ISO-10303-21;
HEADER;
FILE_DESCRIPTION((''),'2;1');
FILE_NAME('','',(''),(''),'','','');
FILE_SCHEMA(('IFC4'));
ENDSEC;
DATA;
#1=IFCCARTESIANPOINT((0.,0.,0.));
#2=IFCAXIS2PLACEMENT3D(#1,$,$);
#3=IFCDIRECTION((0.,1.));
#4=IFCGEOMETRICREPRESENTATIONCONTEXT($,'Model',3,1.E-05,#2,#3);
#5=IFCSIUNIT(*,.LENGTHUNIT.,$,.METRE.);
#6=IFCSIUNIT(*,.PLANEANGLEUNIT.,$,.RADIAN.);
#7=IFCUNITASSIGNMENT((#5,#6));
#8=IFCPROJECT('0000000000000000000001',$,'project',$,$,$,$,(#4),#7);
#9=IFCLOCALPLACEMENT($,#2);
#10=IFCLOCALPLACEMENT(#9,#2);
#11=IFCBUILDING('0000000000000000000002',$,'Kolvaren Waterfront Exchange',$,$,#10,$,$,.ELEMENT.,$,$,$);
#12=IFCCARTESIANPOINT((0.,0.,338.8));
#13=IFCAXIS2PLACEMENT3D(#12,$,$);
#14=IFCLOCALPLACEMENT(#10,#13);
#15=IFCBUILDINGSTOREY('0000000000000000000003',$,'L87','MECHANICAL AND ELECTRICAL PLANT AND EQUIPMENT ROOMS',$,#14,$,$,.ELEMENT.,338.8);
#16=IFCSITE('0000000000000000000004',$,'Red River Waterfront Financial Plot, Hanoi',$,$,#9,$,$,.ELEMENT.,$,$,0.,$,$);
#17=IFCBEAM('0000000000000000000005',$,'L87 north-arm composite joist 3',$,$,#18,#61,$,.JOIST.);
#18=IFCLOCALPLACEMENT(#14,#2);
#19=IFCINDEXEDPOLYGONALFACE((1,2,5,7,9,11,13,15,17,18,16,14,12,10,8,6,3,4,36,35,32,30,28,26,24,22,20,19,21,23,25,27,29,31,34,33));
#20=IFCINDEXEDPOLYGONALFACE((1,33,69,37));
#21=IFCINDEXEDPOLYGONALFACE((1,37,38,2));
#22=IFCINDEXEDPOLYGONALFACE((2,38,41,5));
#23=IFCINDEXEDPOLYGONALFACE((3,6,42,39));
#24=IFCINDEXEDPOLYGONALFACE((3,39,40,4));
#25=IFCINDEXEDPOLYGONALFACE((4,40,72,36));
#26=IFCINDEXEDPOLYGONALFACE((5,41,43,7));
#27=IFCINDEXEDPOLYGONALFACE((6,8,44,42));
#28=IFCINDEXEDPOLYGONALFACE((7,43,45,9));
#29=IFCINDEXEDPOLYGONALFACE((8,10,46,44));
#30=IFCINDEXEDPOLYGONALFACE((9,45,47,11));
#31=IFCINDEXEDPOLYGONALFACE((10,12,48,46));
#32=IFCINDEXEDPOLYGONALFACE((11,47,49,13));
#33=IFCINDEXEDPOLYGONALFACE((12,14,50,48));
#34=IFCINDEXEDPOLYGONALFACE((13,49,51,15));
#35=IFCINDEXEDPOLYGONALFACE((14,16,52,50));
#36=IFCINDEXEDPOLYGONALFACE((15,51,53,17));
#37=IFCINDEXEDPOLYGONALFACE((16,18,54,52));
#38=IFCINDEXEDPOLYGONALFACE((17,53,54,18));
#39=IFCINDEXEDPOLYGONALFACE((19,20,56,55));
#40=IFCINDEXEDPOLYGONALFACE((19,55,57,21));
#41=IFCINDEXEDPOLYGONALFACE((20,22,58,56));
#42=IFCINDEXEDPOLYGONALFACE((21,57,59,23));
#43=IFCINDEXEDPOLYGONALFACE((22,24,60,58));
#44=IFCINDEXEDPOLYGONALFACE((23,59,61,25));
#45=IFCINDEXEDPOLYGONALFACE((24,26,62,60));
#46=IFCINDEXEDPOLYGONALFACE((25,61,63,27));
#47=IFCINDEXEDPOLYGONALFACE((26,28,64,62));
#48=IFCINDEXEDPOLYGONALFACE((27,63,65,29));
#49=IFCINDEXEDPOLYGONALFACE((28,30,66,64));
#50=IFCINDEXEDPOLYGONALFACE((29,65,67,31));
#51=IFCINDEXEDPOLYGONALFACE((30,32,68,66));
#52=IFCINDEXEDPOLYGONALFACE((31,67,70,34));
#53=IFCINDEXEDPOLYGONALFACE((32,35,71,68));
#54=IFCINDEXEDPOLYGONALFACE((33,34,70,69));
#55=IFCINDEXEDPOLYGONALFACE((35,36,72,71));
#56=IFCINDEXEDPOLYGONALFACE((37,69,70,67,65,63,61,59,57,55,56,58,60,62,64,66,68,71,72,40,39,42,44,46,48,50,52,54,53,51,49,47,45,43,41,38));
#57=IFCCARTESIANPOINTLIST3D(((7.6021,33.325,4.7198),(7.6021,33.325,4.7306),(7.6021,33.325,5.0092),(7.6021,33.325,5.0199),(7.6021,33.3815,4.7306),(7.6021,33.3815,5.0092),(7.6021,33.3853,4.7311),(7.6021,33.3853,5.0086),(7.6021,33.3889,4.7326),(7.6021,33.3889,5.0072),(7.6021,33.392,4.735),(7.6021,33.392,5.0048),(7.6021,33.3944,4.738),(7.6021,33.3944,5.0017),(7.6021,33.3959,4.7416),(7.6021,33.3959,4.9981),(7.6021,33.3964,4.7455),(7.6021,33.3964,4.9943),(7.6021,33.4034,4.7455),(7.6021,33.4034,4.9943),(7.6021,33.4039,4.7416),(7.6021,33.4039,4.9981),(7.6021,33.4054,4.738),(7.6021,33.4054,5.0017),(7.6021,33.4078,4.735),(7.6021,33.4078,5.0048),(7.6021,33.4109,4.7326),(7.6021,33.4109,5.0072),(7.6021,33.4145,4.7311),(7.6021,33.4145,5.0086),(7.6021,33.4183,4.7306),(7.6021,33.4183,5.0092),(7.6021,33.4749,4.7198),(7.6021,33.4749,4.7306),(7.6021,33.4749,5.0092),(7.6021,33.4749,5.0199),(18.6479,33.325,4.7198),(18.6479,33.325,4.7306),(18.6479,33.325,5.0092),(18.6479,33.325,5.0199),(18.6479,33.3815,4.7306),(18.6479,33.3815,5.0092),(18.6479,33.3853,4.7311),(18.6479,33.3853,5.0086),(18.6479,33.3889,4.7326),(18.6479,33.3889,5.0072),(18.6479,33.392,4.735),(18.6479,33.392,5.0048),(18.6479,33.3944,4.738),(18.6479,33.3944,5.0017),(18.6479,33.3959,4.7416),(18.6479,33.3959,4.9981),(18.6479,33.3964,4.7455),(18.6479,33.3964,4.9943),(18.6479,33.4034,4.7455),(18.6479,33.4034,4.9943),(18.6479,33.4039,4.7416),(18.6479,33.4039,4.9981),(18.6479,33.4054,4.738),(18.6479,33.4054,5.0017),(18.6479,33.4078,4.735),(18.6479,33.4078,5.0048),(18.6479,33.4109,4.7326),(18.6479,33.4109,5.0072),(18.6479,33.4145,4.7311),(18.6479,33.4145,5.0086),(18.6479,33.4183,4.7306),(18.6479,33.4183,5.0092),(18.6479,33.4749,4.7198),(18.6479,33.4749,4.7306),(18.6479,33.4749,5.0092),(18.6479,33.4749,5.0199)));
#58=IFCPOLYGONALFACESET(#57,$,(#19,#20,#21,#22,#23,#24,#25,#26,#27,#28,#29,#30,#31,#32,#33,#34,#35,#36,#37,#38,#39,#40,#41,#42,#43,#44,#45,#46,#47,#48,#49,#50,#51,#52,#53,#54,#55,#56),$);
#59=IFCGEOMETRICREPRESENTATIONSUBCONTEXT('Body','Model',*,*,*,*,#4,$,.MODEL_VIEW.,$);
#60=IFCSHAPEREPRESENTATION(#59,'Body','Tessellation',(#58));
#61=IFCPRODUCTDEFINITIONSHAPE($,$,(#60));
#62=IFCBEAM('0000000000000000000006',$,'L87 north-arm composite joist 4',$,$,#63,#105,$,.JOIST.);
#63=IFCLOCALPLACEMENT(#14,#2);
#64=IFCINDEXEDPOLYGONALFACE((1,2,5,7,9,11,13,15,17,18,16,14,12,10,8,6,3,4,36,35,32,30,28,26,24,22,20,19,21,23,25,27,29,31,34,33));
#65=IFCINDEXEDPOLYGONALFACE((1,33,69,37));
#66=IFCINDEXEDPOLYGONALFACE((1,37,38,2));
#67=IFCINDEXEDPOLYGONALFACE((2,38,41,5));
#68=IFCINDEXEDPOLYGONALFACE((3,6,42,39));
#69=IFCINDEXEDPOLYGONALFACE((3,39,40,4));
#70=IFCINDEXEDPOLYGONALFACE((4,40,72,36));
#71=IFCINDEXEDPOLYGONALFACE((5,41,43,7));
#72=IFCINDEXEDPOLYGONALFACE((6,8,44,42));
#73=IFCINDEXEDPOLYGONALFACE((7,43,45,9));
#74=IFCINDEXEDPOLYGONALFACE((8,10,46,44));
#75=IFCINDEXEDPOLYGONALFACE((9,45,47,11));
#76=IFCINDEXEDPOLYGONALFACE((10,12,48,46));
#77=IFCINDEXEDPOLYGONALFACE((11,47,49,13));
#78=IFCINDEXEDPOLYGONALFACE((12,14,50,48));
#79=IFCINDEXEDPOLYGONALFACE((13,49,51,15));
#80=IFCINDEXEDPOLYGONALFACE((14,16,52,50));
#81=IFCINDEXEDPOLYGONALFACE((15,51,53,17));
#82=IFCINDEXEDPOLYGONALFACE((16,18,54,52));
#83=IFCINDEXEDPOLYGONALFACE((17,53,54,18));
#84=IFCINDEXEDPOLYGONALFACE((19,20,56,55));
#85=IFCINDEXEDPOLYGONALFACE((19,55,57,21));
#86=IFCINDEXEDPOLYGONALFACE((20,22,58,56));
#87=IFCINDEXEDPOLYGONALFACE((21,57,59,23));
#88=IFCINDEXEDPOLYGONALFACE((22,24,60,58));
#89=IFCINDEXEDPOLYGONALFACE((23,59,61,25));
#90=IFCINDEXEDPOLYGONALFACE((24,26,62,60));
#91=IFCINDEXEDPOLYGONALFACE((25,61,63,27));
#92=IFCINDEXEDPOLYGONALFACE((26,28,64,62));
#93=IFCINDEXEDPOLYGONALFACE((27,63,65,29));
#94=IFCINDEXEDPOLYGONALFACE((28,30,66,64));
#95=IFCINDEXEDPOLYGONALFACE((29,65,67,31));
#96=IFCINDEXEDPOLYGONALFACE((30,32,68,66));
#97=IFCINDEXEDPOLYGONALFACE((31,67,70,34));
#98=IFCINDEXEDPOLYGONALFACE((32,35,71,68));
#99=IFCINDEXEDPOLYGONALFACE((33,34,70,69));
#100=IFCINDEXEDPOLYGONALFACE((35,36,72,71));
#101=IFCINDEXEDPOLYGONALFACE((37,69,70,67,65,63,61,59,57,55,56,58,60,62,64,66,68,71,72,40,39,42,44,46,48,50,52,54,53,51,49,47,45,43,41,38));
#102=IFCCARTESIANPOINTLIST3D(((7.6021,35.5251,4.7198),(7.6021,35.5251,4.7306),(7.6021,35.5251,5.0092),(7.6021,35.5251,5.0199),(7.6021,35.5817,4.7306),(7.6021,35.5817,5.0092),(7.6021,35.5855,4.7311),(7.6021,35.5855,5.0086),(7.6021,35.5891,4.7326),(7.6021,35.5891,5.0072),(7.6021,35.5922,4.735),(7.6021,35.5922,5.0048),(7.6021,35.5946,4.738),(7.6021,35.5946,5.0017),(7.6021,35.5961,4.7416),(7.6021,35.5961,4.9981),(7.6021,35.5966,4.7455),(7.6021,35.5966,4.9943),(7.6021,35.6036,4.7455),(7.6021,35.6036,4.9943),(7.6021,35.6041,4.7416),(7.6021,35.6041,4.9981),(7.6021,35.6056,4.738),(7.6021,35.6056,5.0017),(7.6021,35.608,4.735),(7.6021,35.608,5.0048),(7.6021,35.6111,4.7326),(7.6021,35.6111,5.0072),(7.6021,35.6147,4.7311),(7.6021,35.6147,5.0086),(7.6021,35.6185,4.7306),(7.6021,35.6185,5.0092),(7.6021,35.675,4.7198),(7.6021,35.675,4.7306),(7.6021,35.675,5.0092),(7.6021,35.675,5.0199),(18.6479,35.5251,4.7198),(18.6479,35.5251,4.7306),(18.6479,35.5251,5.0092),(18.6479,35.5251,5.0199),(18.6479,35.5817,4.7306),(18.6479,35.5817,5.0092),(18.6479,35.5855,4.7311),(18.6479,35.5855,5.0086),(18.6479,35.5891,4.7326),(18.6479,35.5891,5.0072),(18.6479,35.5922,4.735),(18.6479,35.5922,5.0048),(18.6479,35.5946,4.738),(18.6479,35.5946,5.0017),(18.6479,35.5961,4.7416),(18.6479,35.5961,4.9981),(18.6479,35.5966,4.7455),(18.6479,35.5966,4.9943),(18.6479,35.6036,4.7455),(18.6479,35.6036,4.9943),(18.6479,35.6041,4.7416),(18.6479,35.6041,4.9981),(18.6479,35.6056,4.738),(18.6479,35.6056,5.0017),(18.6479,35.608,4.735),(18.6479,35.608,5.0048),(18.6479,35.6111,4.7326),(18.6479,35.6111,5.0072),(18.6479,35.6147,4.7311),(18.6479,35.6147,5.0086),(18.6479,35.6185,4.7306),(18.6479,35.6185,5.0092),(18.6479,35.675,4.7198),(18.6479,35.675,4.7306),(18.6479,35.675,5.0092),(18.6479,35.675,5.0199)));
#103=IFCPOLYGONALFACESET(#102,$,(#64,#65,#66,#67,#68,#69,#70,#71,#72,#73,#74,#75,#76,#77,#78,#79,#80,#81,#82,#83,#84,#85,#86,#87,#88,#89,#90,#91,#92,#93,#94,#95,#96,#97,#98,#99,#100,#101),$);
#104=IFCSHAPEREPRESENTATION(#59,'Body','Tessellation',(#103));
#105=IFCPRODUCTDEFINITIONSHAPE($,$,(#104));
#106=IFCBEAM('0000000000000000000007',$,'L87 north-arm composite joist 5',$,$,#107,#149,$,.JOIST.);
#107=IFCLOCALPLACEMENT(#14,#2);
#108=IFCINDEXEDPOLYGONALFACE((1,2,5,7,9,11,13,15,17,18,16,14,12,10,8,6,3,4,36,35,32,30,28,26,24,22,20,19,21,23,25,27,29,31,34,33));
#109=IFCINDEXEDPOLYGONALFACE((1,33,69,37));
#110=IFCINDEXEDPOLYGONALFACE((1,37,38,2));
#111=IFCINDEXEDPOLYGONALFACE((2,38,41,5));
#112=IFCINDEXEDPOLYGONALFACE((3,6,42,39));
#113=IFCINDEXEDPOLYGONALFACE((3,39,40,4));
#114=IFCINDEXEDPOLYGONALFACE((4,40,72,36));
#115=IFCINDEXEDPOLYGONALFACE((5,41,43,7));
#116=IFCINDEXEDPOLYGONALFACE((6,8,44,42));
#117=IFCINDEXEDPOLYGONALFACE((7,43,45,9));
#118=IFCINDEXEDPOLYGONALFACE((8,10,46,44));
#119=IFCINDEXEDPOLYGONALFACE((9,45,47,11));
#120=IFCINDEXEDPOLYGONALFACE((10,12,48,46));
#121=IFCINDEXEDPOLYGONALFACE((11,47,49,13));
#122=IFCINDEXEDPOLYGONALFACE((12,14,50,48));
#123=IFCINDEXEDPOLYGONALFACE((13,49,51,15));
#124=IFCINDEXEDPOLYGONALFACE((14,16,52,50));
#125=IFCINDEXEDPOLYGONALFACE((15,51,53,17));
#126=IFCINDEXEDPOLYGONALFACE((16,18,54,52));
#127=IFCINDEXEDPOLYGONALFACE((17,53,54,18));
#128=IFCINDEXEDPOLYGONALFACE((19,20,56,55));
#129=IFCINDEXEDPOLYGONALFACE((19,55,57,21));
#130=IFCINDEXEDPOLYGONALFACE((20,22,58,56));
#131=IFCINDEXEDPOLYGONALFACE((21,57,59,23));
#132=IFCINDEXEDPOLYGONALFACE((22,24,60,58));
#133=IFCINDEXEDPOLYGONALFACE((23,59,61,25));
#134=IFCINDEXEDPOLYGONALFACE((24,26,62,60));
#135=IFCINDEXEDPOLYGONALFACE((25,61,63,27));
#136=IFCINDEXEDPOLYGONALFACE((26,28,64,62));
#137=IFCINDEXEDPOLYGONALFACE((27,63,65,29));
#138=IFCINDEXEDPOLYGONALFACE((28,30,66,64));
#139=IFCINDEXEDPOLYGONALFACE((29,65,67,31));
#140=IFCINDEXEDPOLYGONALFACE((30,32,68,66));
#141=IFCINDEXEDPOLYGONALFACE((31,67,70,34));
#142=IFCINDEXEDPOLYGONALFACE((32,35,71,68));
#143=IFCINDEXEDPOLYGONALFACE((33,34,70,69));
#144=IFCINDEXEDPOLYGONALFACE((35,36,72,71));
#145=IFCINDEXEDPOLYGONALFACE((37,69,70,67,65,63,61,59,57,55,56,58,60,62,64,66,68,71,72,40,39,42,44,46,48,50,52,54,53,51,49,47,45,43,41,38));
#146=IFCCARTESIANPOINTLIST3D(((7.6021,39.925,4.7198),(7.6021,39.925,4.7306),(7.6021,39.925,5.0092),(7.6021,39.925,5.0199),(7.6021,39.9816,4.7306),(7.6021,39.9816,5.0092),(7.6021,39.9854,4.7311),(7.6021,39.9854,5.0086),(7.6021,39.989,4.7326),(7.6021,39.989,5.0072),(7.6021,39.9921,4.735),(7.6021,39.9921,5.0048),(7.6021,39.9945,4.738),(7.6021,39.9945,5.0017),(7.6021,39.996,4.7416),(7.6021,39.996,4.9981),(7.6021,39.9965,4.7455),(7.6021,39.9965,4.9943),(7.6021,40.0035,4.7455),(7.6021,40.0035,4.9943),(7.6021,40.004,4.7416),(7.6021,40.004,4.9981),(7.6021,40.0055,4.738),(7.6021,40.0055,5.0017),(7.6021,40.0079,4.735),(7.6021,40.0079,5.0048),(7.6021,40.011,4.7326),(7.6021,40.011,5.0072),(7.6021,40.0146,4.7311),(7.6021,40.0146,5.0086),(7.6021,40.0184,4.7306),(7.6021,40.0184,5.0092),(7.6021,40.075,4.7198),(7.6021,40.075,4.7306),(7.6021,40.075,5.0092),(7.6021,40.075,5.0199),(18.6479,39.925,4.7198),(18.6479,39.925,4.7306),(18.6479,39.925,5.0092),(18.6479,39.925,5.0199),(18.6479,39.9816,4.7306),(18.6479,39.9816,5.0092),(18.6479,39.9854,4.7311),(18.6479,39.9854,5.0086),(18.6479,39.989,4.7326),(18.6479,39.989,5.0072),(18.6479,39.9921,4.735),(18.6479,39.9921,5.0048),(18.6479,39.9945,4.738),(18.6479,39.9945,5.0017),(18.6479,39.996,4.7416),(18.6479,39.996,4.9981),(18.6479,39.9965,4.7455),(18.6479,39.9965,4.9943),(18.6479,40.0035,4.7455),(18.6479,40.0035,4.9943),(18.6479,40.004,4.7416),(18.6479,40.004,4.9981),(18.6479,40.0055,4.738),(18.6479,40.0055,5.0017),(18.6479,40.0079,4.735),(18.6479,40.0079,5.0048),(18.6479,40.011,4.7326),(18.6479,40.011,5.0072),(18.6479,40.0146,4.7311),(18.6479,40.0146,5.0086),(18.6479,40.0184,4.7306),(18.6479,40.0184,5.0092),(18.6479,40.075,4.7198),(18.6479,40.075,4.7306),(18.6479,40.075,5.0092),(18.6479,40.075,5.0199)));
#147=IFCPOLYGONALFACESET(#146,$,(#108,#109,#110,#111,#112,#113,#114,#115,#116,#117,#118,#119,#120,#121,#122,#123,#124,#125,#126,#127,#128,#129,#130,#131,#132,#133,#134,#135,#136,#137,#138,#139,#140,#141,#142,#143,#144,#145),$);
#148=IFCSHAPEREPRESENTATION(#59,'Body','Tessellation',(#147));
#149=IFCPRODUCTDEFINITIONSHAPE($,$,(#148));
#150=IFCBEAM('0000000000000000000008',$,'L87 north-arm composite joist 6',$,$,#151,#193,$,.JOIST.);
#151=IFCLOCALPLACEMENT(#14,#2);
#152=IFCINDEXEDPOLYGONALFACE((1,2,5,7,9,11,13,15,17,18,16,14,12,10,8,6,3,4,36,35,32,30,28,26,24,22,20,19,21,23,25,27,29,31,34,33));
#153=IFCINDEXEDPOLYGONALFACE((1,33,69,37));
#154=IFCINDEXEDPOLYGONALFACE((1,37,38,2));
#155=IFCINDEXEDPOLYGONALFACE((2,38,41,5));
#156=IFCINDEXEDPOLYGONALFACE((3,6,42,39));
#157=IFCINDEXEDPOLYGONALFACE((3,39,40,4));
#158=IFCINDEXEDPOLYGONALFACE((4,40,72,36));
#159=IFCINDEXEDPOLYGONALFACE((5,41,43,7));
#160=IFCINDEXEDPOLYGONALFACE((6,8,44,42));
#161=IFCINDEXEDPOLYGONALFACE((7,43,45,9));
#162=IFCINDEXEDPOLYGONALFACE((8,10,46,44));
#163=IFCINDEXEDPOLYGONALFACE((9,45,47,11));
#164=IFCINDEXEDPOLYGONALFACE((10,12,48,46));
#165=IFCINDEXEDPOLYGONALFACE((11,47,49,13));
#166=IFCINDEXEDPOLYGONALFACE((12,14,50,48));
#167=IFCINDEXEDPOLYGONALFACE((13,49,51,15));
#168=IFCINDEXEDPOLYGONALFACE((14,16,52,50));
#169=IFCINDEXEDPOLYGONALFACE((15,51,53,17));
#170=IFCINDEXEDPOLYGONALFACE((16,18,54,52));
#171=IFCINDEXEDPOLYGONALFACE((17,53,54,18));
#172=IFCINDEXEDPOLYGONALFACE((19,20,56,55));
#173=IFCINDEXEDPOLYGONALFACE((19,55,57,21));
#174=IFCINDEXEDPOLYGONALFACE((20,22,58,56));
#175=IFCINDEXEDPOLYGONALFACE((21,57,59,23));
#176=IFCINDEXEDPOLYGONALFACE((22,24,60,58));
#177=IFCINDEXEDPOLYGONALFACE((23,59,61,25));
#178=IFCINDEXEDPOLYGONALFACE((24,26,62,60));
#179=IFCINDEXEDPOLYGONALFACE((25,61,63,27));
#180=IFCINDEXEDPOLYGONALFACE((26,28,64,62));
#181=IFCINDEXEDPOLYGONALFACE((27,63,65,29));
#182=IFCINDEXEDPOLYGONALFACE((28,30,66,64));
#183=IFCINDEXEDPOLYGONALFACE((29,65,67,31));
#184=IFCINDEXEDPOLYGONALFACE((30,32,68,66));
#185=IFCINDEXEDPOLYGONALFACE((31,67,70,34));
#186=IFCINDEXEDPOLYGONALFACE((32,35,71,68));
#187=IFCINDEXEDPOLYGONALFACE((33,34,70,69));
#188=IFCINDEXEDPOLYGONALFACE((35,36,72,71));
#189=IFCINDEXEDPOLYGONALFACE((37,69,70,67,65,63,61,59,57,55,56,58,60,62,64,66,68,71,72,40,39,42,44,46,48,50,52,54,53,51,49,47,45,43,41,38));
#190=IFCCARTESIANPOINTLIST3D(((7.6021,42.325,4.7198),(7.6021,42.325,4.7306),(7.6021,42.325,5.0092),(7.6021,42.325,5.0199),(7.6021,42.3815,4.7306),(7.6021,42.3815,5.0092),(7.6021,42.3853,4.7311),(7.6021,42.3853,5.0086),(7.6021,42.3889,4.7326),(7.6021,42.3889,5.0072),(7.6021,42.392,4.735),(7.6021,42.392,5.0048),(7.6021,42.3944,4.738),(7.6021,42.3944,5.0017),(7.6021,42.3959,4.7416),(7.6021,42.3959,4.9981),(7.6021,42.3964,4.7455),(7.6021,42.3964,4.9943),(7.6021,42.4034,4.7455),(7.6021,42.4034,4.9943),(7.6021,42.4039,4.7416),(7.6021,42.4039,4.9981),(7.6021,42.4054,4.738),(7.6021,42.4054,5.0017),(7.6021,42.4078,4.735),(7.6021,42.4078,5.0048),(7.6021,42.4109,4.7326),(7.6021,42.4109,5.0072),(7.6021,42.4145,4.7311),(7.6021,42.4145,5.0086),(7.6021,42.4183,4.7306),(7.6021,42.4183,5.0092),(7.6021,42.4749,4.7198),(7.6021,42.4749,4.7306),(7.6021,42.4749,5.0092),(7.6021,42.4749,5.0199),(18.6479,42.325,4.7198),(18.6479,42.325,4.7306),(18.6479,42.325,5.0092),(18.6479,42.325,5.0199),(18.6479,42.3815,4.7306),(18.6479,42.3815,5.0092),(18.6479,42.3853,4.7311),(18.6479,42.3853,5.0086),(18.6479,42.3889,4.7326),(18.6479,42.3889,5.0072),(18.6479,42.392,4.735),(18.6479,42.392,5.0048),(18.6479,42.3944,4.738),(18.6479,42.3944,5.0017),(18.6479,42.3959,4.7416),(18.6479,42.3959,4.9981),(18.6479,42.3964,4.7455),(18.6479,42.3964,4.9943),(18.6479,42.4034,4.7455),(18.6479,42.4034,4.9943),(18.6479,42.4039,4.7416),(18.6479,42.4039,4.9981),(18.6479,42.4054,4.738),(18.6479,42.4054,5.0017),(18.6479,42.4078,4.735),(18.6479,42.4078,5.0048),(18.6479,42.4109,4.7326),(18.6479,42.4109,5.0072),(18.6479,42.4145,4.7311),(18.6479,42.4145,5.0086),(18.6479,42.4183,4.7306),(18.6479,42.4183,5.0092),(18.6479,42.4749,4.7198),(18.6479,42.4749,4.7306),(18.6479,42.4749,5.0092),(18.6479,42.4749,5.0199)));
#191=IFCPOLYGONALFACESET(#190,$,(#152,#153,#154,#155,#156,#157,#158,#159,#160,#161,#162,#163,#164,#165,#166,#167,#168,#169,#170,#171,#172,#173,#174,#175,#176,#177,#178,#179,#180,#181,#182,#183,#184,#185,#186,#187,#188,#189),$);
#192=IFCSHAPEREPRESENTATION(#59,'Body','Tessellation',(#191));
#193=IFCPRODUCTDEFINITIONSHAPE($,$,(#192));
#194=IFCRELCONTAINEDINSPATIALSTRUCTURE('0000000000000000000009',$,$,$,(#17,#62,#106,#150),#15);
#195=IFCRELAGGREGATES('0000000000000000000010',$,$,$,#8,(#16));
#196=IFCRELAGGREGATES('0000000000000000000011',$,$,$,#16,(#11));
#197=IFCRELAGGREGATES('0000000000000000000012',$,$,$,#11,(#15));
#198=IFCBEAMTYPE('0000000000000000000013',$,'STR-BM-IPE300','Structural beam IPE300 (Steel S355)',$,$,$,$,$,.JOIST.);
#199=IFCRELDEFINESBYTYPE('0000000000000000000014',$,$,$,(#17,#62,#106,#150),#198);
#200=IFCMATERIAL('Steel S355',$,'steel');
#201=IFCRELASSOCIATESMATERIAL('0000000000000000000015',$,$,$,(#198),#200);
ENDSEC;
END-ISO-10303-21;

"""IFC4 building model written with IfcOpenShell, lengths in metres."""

from ifc_helpers import new_model, si_unit, direction, frame, origin, origin_2d, place, context, subcontext, project, spatial, i_section, extrude, material, material_profile, profile_set, type_object, element, save


model = new_model("IFC4")

# Units and contexts
model_context = context("Model", 3, precision=1e-05, world=origin(), true_north=direction((0.0, 1.0)))
body_context = subcontext(model_context, "Body", "Model", "MODEL_VIEW")
ifc_project = project(units=[si_unit("LENGTHUNIT", "METRE"), si_unit("PLANEANGLEUNIT", "RADIAN")], contexts=[model_context])

# Site, building, storey
site_placement = place(None, origin())
site = spatial("IfcSite", under=ifc_project, at=site_placement, Name="Red River Waterfront Financial Plot, Hanoi", CompositionType="ELEMENT", RefElevation=0.0)
building_placement = place(site_placement, origin())
building = spatial("IfcBuilding", under=site, at=building_placement, Name="Kolvaren Waterfront Exchange", CompositionType="ELEMENT")
storey_placement = place(building_placement, frame((0.0, 0.0, 338.8)))
storey = spatial("IfcBuildingStorey", under=building, at=storey_placement, Name="L87", Description="MECHANICAL AND ELECTRICAL PLANT AND EQUIPMENT ROOMS", CompositionType="ELEMENT", Elevation=338.8)

# Beams
ifc_material_1 = material(Name="Steel S355", Category="steel")
ifc_material_profile_1 = material_profile(ifc_material_1, i_section(OverallWidth=0.1499, OverallDepth=0.3, WebThickness=0.0071, FlangeThickness=0.0107, FilletRadius=0.0149, at=origin_2d()), Name="IPE300")
ifc_profile_set_1 = profile_set([ifc_material_profile_1], Name="Steel S355")
beam_type_1 = type_object("IfcBeamType", Name="STR-BM-IPE300", Description="Structural beam IPE300 (Steel S355)", PredefinedType="JOIST", material=ifc_profile_set_1)
for number, where, z_axis, x_axis, name in (
    (1, (7.6021, 33.3999, 4.8699), (1.0, 0.0, 0.0), (0.0, 1.0, 0.0), "L87 north-arm composite joist 3"),
    (2, (7.6021, 35.6001, 4.8699), (1.0, 0.0, 0.0), (0.0, 1.0, 0.0), "L87 north-arm composite joist 4"),
    (3, (7.6021, 40.0, 4.8699), (1.0, 0.0, 0.0), (0.0, 1.0, 0.0), "L87 north-arm composite joist 5"),
    (4, (7.6021, 42.3999, 4.8699), (1.0, 0.0, 0.0), (0.0, 1.0, 0.0), "L87 north-arm composite joist 6"),
):
    element("IfcBeam", number, at=place(storey_placement, frame(where, z_axis=z_axis, x_axis=x_axis)), inside=storey, type_object=beam_type_1, Name=name, PredefinedType="JOIST", context=body_context, shape_type="SweptSolid", body=[
        extrude(i_section(OverallWidth=0.1499, OverallDepth=0.3, WebThickness=0.0071, FlangeThickness=0.0107, FilletRadius=0.0149, at=origin_2d()), origin(), (0.0, 0.0, 1.0), 11.0459),
    ])

save(model, "model.ifc")
